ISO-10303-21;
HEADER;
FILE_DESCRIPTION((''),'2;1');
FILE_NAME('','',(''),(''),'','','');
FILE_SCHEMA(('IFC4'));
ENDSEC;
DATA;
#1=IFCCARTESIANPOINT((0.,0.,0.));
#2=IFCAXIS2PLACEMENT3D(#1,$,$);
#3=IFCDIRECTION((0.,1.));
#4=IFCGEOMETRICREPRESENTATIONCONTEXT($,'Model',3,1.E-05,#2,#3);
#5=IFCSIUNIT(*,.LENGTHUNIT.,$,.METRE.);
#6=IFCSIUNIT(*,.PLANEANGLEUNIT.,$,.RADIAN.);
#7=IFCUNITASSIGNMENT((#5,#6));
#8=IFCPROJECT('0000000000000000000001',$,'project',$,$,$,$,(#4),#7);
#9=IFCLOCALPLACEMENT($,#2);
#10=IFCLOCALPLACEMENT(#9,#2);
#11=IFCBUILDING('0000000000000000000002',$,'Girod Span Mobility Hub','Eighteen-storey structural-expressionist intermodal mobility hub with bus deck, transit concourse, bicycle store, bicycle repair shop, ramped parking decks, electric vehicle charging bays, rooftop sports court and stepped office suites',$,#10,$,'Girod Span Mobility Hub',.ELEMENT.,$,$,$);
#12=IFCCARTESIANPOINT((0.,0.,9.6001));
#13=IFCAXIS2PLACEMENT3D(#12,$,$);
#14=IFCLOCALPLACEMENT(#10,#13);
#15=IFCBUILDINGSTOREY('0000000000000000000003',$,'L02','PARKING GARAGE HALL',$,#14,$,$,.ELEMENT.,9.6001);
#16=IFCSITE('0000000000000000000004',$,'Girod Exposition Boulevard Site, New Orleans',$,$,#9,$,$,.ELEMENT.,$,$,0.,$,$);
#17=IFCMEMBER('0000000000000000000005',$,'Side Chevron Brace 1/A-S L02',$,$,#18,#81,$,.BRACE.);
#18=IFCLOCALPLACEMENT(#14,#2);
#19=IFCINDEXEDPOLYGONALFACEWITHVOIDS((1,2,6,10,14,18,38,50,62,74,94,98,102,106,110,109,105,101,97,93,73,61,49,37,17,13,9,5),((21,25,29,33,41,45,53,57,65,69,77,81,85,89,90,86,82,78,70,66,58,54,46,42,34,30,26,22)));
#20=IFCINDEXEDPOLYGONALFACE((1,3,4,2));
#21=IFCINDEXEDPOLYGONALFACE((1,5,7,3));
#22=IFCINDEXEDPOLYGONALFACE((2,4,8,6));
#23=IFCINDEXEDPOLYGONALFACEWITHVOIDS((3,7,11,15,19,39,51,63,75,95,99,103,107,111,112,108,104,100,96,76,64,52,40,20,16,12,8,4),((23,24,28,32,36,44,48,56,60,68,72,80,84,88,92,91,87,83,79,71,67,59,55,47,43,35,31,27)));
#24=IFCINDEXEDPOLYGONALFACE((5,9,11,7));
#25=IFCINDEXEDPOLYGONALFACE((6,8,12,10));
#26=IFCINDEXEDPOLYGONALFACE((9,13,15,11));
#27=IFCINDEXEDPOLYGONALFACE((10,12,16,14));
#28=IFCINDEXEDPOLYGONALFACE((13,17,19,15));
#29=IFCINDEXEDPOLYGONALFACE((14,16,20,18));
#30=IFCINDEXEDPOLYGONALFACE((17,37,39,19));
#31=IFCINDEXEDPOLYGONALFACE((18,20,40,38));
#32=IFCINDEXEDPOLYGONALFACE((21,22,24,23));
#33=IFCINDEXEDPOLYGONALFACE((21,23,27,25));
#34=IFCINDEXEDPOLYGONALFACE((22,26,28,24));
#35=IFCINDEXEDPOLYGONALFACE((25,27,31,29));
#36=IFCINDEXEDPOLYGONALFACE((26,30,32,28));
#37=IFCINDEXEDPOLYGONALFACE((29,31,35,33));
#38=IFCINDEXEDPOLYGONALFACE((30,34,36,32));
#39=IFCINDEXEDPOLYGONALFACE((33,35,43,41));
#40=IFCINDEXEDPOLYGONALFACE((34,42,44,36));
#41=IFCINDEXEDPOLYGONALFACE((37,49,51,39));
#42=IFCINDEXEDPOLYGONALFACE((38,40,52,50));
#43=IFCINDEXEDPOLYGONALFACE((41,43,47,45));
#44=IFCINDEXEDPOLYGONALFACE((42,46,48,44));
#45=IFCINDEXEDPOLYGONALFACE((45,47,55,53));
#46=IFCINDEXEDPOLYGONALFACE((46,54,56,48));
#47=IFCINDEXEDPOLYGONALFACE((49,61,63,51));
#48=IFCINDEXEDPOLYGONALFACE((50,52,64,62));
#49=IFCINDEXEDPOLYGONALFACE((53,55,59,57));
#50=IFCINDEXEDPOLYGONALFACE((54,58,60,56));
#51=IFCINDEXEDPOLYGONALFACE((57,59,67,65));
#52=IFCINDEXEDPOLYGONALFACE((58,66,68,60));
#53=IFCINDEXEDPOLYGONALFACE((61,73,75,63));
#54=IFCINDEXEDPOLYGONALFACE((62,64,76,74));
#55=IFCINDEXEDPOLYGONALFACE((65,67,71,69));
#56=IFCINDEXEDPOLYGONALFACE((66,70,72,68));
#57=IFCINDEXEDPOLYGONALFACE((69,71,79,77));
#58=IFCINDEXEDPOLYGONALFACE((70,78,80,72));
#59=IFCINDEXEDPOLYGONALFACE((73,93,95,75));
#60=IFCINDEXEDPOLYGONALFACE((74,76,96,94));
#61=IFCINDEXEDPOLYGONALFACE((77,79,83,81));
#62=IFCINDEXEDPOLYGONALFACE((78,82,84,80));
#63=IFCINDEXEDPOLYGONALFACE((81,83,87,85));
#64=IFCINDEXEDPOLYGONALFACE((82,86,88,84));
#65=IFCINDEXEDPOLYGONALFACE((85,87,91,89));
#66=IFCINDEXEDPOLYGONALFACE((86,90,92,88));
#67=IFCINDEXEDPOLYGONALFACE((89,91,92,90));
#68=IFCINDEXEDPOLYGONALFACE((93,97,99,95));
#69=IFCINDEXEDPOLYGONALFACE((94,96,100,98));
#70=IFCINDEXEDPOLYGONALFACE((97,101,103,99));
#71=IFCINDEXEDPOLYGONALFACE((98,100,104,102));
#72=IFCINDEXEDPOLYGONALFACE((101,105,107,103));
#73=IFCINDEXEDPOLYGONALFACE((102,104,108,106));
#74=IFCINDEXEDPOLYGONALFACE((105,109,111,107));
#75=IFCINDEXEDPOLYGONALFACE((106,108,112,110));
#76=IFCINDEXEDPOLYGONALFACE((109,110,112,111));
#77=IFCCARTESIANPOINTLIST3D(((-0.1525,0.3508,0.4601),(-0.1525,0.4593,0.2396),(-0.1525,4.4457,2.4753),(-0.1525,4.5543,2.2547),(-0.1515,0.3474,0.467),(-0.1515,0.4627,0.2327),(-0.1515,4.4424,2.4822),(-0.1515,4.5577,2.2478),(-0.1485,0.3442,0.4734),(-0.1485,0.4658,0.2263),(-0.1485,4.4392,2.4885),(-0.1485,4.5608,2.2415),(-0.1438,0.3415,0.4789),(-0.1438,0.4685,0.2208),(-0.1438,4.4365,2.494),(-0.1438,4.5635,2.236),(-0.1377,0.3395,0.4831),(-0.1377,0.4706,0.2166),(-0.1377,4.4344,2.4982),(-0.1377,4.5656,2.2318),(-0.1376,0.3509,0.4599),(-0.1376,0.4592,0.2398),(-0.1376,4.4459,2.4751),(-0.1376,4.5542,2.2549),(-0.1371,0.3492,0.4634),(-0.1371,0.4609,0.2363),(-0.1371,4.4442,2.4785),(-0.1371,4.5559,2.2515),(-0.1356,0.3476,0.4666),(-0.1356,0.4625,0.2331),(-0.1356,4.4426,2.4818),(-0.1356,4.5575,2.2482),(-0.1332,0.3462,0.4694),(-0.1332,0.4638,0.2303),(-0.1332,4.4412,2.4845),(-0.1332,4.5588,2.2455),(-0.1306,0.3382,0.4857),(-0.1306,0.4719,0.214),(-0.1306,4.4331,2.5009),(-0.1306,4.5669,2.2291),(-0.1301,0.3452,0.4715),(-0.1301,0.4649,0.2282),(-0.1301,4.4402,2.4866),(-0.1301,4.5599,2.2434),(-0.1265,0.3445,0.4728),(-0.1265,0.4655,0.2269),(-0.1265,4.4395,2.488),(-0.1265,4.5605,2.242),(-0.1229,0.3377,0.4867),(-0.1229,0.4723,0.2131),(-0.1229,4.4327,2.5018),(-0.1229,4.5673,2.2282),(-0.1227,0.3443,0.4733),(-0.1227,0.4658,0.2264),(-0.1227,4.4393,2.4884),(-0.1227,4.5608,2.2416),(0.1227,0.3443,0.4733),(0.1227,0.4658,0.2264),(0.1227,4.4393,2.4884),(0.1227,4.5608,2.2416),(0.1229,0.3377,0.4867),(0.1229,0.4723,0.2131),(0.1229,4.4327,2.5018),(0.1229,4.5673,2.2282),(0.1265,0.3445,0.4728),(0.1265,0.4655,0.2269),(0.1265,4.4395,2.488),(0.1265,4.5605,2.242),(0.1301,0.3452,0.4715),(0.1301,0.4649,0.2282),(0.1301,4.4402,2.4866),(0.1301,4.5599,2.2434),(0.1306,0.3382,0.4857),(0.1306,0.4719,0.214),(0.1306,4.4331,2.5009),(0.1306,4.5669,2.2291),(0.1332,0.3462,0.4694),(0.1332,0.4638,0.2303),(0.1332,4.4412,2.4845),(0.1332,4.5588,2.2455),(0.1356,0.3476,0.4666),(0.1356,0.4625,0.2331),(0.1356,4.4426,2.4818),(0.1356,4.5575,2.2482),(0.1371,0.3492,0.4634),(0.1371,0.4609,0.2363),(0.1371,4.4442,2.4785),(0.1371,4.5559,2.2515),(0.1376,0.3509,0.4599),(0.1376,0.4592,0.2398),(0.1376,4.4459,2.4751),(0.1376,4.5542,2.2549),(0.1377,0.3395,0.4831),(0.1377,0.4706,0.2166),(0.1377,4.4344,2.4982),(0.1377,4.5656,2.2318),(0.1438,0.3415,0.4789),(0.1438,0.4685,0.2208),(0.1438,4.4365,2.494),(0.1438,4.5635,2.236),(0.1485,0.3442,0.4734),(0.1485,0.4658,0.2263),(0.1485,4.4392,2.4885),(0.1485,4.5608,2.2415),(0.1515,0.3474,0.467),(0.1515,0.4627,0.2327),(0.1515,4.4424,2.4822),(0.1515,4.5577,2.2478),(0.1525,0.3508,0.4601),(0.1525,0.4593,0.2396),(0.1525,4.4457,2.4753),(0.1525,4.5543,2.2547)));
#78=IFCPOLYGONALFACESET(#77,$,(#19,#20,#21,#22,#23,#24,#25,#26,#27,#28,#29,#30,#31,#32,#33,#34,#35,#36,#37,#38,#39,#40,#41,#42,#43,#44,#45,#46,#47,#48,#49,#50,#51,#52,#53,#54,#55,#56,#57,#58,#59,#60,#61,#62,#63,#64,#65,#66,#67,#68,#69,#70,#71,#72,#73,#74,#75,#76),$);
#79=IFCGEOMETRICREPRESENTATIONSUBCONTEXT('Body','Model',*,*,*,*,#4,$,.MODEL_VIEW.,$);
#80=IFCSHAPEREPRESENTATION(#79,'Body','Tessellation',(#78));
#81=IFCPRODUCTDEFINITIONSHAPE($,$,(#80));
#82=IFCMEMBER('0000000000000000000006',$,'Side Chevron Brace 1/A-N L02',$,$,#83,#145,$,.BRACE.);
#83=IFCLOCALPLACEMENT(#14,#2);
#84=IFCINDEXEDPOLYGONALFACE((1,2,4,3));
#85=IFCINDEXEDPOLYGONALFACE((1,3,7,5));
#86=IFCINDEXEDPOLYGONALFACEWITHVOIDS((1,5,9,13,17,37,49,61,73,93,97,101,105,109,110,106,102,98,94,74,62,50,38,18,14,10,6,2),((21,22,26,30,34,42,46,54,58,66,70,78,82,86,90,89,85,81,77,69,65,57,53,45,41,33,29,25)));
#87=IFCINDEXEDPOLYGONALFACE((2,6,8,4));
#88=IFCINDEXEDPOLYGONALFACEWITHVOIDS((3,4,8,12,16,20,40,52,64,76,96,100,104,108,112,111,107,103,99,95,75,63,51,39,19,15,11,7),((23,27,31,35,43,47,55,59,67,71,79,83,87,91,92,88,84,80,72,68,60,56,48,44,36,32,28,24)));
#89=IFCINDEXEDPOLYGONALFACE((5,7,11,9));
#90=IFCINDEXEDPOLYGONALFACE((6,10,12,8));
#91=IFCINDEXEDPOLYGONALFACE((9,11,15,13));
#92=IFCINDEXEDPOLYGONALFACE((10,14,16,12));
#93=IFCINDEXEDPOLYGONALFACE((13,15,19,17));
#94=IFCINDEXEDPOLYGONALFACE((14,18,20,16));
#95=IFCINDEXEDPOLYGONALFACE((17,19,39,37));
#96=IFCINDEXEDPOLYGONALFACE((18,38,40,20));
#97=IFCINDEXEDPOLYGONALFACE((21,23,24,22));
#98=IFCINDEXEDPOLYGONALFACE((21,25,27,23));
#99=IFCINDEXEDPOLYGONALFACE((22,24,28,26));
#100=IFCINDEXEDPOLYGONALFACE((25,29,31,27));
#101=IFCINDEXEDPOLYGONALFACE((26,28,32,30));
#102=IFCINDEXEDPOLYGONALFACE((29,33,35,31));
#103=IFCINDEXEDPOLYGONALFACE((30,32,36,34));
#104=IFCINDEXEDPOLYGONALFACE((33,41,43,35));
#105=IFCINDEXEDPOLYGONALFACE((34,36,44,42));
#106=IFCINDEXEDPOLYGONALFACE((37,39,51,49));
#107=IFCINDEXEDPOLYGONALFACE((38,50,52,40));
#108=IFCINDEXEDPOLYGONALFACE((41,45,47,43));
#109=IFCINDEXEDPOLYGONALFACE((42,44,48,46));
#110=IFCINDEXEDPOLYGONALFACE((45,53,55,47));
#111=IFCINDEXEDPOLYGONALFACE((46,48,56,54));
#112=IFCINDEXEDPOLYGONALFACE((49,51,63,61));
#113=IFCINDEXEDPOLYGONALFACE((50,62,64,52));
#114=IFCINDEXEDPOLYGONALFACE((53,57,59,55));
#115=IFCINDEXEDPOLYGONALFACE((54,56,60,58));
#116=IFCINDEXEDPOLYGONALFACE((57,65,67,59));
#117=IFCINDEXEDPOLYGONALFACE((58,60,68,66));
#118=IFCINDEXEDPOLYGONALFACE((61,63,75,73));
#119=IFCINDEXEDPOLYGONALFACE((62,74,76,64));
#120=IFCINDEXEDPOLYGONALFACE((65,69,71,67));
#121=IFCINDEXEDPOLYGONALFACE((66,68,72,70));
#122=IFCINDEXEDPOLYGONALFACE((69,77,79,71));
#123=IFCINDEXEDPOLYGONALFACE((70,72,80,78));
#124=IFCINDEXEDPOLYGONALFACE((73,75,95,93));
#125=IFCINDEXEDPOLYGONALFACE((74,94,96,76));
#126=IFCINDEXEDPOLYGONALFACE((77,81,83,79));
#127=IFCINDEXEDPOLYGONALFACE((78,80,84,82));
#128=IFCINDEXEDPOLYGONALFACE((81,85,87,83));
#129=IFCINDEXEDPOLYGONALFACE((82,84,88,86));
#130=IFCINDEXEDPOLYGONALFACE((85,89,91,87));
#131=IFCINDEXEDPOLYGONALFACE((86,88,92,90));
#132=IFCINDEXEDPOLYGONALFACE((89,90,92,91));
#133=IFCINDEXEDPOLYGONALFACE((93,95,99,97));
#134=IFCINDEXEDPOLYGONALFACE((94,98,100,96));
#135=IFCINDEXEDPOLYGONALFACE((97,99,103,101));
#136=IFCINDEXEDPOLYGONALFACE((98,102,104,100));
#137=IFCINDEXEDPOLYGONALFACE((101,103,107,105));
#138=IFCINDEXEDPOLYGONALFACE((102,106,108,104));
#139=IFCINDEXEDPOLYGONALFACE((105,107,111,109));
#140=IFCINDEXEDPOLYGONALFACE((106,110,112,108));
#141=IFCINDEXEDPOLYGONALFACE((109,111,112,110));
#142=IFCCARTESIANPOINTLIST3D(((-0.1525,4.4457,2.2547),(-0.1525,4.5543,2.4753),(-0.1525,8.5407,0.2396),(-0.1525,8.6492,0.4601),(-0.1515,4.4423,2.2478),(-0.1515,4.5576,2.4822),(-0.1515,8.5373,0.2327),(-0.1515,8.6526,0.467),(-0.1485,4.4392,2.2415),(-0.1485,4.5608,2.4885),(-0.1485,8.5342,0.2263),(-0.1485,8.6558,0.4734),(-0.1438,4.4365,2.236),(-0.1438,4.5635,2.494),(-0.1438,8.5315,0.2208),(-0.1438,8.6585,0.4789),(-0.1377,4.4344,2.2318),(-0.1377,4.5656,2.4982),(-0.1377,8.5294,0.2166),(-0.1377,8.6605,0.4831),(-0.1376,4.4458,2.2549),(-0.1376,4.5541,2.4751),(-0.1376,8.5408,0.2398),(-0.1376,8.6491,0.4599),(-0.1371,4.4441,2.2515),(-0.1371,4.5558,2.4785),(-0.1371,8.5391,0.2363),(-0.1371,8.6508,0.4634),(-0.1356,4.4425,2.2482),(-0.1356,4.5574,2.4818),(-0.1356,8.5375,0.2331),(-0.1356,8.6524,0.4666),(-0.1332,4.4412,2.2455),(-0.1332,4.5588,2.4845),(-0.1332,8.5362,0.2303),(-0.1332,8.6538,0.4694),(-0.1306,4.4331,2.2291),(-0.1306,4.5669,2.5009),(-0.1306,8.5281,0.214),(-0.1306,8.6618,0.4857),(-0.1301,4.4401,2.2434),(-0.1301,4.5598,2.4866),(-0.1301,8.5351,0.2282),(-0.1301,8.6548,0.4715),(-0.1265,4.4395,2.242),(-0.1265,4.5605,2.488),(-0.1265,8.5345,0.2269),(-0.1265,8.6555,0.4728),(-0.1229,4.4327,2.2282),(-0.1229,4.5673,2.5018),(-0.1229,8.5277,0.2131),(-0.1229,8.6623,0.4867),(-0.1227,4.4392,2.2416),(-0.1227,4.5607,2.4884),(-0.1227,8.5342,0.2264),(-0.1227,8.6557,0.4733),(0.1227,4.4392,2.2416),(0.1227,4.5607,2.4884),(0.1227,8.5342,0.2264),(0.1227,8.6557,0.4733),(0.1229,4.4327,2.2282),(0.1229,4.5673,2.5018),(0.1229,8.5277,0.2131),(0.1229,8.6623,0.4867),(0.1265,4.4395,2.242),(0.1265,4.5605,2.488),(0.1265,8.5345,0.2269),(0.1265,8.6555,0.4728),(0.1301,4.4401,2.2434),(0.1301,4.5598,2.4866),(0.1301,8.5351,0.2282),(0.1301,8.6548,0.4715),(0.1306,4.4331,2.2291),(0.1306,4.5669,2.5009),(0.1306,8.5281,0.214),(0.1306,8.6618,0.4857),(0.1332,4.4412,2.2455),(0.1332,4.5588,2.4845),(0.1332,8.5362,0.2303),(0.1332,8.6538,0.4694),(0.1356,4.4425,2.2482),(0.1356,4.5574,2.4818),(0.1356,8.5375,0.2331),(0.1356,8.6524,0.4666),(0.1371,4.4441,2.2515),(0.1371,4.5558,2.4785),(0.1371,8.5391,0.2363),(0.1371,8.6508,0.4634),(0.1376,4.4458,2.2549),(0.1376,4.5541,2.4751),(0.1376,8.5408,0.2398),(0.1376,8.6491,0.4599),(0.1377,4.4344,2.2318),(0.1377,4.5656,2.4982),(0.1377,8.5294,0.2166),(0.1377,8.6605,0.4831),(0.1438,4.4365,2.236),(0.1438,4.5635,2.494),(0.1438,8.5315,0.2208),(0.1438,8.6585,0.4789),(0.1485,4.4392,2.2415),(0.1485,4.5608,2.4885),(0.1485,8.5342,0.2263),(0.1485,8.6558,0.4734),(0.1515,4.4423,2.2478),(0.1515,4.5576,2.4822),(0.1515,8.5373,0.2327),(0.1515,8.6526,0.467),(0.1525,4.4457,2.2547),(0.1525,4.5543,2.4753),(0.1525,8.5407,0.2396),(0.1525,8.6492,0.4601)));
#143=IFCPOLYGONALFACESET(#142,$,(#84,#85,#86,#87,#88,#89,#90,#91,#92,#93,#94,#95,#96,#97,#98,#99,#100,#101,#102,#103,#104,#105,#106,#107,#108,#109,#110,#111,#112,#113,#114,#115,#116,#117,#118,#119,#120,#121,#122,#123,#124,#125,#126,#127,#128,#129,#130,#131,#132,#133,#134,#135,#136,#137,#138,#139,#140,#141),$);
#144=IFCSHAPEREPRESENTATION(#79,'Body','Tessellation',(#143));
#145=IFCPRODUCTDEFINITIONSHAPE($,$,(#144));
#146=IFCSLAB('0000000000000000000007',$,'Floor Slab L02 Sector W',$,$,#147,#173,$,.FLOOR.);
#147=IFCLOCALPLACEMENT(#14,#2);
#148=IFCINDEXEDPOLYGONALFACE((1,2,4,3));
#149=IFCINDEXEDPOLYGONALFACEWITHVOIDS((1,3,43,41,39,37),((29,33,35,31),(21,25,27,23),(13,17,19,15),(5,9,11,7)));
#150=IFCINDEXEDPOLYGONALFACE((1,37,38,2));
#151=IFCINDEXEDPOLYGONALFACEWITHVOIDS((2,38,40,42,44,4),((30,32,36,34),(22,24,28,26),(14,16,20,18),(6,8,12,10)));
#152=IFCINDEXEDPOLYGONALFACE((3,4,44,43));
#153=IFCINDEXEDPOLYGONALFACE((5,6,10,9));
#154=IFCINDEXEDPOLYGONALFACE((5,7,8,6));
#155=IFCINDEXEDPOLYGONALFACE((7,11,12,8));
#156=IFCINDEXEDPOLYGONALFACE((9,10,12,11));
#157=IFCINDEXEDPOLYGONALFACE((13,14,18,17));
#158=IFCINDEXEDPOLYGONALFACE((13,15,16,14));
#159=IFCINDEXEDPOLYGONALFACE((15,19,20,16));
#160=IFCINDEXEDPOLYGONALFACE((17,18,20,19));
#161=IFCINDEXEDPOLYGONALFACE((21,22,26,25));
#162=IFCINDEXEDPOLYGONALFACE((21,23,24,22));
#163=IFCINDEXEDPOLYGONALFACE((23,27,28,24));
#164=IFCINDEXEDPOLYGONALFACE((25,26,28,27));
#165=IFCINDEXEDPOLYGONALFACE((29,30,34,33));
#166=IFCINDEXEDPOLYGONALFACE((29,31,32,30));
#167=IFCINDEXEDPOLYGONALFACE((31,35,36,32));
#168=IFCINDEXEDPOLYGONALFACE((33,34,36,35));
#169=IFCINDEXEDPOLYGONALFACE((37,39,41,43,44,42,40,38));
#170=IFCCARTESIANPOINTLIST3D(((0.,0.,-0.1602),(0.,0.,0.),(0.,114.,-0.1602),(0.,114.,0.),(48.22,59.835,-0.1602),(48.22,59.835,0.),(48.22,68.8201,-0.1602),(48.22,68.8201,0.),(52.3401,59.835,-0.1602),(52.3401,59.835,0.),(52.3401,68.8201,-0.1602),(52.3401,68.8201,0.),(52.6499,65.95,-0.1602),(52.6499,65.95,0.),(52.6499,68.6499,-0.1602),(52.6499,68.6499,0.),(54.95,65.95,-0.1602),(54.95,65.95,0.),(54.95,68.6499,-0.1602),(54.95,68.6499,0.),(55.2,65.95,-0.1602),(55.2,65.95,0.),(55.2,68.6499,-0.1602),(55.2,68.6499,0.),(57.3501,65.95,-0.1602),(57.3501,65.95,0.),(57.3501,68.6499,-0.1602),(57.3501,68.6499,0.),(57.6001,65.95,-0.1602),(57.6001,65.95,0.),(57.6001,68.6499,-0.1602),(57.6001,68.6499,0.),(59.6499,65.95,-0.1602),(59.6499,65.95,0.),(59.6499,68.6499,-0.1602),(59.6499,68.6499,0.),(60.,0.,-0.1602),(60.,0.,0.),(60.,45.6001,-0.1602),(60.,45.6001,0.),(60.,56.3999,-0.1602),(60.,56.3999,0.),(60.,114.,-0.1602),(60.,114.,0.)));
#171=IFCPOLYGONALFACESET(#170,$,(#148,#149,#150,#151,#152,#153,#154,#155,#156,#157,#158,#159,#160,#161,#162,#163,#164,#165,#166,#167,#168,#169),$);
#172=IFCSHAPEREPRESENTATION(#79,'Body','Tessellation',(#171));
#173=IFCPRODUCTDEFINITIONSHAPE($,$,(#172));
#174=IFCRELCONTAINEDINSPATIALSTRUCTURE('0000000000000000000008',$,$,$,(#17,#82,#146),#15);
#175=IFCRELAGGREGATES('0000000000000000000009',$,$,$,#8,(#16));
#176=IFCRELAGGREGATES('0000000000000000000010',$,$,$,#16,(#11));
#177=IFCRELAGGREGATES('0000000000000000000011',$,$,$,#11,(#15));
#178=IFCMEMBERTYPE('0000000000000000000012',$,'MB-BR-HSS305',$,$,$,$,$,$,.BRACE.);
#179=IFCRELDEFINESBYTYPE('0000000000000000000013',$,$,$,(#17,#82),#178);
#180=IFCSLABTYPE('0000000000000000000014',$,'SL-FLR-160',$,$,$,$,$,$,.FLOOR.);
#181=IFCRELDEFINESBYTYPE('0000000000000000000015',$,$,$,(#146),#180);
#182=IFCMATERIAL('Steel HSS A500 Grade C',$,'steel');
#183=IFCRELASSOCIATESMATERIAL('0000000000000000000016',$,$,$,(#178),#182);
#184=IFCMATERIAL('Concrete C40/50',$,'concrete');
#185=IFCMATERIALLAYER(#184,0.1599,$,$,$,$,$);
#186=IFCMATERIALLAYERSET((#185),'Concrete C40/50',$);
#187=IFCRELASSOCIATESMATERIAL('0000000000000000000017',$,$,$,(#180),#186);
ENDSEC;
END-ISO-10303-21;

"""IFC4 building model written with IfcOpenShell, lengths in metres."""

from ifc_helpers import new_model, si_unit, direction, frame, origin, origin_2d, place, context, subcontext, project, spatial, polyline, hollow_rectangle, outline, extrude, material, layer, layer_set, material_profile, profile_set, type_object, element, save


model = new_model("IFC4")

# Units and contexts
model_context = context("Model", 3, precision=1e-05, world=origin(), true_north=direction((0.0, 1.0)))
body_context = subcontext(model_context, "Body", "Model", "MODEL_VIEW")
ifc_project = project(units=[si_unit("LENGTHUNIT", "METRE"), si_unit("PLANEANGLEUNIT", "RADIAN")], contexts=[model_context])

# Site, building, storey
site_placement = place(None, origin())
site = spatial("IfcSite", under=ifc_project, at=site_placement, Name="Girod Exposition Boulevard Site, New Orleans", CompositionType="ELEMENT", RefElevation=0.0)
building_placement = place(site_placement, origin())
building = spatial("IfcBuilding", under=site, at=building_placement, Name="Girod Span Mobility Hub", Description="Eighteen-storey structural-expressionist intermodal mobility hub with bus deck, transit concourse, bicycle store, bicycle repair shop, ramped parking decks, electric vehicle charging bays, rooftop sports court and stepped office suites", LongName="Girod Span Mobility Hub", CompositionType="ELEMENT")
storey_placement = place(building_placement, frame((0.0, 0.0, 9.6001)))
storey = spatial("IfcBuildingStorey", under=building, at=storey_placement, Name="L02", Description="PARKING GARAGE HALL", CompositionType="ELEMENT", Elevation=9.6001)

# Members
ifc_material_1 = material(Name="Steel HSS A500 Grade C", Category="steel")
ifc_material_profile_1 = material_profile(ifc_material_1, hollow_rectangle(XDim=0.3049, YDim=0.3049, WallThickness=0.0149, InnerFilletRadius=0.0149, OuterFilletRadius=0.0295, at=origin_2d()), Name="HSS305X305X16")
ifc_profile_set_1 = profile_set([ifc_material_profile_1], Name="Steel HSS A500 Grade C")
member_type = type_object("IfcMemberType", Name="MB-BR-HSS305", PredefinedType="BRACE", material=ifc_profile_set_1)
for number, where, z_axis, x_axis, name in (
    (1, (0.0, 0.405, 0.3499), (0.0, 0.897244, 0.441534), (-1.0, 0.0, 0.0), "Side Chevron Brace 1/A-S L02"),
    (2, (0.0, 8.595, 0.3499), (0.0, -0.897244, 0.441534), (1.0, 0.0, 0.0), "Side Chevron Brace 1/A-N L02"),
):
    element("IfcMember", number, at=place(storey_placement, frame(where, z_axis=z_axis, x_axis=x_axis)), inside=storey, type_object=member_type, Name=name, PredefinedType="BRACE", context=body_context, shape_type="SweptSolid", body=[
        extrude(hollow_rectangle(XDim=0.3049, YDim=0.3049, WallThickness=0.0149, InnerFilletRadius=0.0149, OuterFilletRadius=0.0295, at=origin_2d()), origin(), (0.0, 0.0, 1.0), 4.564),
    ])

# Slab
ifc_material_2 = material(Name="Concrete C40/50", Category="concrete")
ifc_layer_1 = layer(ifc_material_2, 0.1599)
ifc_layer_set_1 = layer_set([ifc_layer_1], Name="Concrete C40/50")
slab_type_1 = type_object("IfcSlabType", Name="SL-FLR-160", PredefinedType="FLOOR", material=ifc_layer_set_1)
slab_1_placement = place(storey_placement, frame((0.0, 0.0, -0.1602)))
element("IfcSlab", 3, at=slab_1_placement, inside=storey, type_object=slab_type_1, Name="Floor Slab L02 Sector W", PredefinedType="FLOOR", context=body_context, shape_type="SweptSolid", body=[
    extrude(outline(polyline([(0.0, 114.0), (60.0, 114.0), (60.0, 56.3999), (60.0, 45.6001), (60.0, 0.0), (0.0, 0.0), (0.0, 114.0)]), holes=[polyline([(48.22, 68.8201), (48.22, 59.835), (52.3401, 59.835), (52.3401, 68.8201), (48.22, 68.8201)]), polyline([(52.6499, 68.6499), (52.6499, 65.95), (54.95, 65.95), (54.95, 68.6499), (52.6499, 68.6499)]), polyline([(55.2, 68.6499), (55.2, 65.95), (57.3501, 65.95), (57.3501, 68.6499), (55.2, 68.6499)]), polyline([(57.6001, 68.6499), (57.6001, 65.95), (59.6499, 65.95), (59.6499, 68.6499), (57.6001, 68.6499)])]), origin(), (0.0, 0.0, 1.0), 0.1602),
])

save(model, "model.ifc")
